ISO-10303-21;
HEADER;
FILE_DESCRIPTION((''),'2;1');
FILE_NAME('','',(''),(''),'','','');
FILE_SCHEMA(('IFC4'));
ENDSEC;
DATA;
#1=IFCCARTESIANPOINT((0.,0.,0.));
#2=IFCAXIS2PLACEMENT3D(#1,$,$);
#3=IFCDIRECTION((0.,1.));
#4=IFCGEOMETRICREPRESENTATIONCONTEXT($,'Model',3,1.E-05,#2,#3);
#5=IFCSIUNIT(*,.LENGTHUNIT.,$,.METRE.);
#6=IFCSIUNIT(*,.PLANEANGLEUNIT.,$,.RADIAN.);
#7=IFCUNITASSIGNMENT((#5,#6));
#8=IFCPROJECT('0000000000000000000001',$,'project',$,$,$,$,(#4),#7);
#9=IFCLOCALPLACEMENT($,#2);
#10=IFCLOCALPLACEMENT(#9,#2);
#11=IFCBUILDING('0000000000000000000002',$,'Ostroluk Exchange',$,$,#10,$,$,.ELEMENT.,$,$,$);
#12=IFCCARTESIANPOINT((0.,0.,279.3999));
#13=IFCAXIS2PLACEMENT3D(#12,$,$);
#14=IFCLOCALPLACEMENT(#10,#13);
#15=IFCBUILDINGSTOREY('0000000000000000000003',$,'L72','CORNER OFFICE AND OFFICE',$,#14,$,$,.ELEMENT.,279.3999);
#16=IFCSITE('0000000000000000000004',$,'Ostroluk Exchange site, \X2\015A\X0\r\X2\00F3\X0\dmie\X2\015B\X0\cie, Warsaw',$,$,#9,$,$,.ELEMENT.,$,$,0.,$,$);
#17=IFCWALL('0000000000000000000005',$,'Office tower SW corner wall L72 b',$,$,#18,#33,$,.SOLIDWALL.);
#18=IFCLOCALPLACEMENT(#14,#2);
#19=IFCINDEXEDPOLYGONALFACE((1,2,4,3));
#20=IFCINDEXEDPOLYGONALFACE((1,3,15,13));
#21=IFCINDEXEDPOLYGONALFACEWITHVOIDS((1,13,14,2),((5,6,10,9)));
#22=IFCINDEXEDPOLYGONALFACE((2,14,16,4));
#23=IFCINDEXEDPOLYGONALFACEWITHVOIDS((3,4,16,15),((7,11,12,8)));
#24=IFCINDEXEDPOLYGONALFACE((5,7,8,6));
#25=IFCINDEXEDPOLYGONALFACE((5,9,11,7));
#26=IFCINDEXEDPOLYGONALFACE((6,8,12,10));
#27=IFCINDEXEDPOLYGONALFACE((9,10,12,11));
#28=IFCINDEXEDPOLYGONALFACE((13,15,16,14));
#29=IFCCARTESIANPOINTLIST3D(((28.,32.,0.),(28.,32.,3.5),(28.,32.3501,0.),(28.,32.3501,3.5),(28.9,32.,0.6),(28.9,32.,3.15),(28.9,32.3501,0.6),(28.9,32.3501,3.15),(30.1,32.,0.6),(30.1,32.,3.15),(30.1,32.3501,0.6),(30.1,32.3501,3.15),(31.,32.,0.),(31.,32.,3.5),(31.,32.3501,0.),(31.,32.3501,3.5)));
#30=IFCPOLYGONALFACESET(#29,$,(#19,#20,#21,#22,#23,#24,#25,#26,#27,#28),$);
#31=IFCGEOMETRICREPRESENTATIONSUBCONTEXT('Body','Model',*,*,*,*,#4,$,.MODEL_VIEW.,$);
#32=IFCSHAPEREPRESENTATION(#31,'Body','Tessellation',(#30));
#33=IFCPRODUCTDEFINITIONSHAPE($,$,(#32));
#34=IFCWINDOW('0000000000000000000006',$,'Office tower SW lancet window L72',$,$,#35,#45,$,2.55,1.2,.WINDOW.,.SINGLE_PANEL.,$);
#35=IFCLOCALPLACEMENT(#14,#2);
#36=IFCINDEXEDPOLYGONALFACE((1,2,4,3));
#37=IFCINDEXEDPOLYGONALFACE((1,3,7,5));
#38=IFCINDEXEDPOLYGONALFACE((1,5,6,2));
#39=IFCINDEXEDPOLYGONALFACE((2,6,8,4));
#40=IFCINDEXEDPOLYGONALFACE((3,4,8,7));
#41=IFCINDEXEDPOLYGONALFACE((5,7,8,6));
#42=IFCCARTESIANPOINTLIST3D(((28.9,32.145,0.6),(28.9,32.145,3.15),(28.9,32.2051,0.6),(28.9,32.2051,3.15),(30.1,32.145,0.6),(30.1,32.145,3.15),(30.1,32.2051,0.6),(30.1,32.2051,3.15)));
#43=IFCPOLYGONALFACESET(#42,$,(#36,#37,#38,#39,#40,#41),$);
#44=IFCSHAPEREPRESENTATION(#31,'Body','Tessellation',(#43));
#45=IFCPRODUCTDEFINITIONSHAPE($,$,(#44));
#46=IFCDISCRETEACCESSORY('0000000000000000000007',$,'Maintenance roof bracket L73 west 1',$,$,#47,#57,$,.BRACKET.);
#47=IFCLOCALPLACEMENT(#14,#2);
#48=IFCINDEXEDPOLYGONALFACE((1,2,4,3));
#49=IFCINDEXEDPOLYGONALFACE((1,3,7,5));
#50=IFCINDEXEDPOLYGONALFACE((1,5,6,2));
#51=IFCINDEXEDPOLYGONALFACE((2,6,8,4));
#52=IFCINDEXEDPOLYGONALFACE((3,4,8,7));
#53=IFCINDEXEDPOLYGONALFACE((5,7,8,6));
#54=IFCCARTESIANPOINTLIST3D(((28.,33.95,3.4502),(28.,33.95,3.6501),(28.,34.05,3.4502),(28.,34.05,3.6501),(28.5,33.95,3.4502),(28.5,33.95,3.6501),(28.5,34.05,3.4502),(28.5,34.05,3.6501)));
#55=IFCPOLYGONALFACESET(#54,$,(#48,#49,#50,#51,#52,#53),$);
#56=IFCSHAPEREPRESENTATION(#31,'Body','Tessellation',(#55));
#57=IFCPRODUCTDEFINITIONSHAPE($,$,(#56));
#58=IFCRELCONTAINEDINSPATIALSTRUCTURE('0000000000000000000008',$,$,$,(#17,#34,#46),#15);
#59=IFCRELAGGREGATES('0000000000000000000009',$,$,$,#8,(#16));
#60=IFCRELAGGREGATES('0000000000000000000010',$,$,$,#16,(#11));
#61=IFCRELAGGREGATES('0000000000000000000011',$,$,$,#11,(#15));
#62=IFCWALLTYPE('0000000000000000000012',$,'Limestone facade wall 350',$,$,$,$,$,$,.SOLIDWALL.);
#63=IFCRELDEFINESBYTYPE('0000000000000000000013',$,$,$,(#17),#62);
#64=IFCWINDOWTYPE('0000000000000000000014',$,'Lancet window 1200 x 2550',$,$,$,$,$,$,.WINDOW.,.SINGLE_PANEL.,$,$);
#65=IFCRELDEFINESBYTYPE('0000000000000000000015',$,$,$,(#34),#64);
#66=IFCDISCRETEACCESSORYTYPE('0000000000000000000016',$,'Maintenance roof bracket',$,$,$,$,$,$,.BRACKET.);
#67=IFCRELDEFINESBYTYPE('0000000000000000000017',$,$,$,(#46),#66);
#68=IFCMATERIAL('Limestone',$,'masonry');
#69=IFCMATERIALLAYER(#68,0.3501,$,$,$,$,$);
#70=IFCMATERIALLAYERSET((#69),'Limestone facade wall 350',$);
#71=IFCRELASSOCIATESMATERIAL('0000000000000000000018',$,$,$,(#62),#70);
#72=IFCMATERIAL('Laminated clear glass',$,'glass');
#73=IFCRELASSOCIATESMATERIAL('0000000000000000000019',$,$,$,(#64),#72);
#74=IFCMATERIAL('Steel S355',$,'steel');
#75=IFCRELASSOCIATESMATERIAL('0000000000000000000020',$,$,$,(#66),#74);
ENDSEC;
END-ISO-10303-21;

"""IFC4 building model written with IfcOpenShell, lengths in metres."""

from ifc_helpers import new_model, si_unit, direction, frame, frame_2d, origin, origin_2d, place, context, subcontext, project, spatial, rectangle, extrude, material, layer, layer_set, type_object, element, fill, save


model = new_model("IFC4")

# Units and contexts
model_context = context("Model", 3, precision=1e-05, world=origin(), true_north=direction((0.0, 1.0)))
body_context = subcontext(model_context, "Body", "Model", "MODEL_VIEW")
ifc_project = project(units=[si_unit("LENGTHUNIT", "METRE"), si_unit("PLANEANGLEUNIT", "RADIAN")], contexts=[model_context])

# Site, building, storey
site_placement = place(None, origin())
site = spatial("IfcSite", under=ifc_project, at=site_placement, Name="Ostroluk Exchange site, Śródmieście, Warsaw", CompositionType="ELEMENT", RefElevation=0.0)
building_placement = place(site_placement, origin())
building = spatial("IfcBuilding", under=site, at=building_placement, Name="Ostroluk Exchange", CompositionType="ELEMENT")
storey_placement = place(building_placement, frame((0.0, 0.0, 279.3999)))
storey = spatial("IfcBuildingStorey", under=building, at=storey_placement, Name="L72", Description="CORNER OFFICE AND OFFICE", CompositionType="ELEMENT", Elevation=279.3999)

# Shared definitions
ifc_material_1 = material(Name="Limestone", Category="masonry")
ifc_layer_1 = layer(ifc_material_1, 0.3501)
ifc_layer_set_1 = layer_set([ifc_layer_1], Name="Limestone facade wall 350")
wall_type = type_object("IfcWallType", Name="Limestone facade wall 350", PredefinedType="SOLIDWALL", material=ifc_layer_set_1)

# Wall, opening, window
wall_1_placement = place(storey_placement, frame((31.0, 32.175, 0.0), z_axis=(0.0, 0.0, 1.0), x_axis=(-1.0, 0.0, 0.0)))
wall_1 = element("IfcWall", 1, at=wall_1_placement, inside=storey, type_object=wall_type, Name="Office tower SW corner wall L72 b", PredefinedType="SOLIDWALL", context=body_context, shape_type="SweptSolid", body=[
    extrude(rectangle(XDim=3.0, YDim=0.3501, at=frame_2d((1.5, 0.0))), origin(), (0.0, 0.0, 1.0), 3.5),
])
opening_1_placement = place(wall_1_placement, frame((0.8999, 0.0, 0.6001)))
opening_1 = element("IfcOpeningElement", 2, at=opening_1_placement, cuts=wall_1, PredefinedType="OPENING", context=body_context, shape_type="SweptSolid", body=[
    extrude(rectangle(XDim=1.2, YDim=2.55, at=frame_2d((0.6001, 1.2749))), frame((0.0, 0.1851, 0.0), z_axis=(0.0, -1.0, 0.0), x_axis=(1.0, 0.0, 0.0)), (0.0, 0.0, 1.0), 0.3701),
])
ifc_material_2 = material(Name="Laminated clear glass", Category="glass")
window_type = type_object("IfcWindowType", Name="Lancet window 1200 x 2550", PartitioningType="SINGLE_PANEL", PredefinedType="WINDOW", material=ifc_material_2)
window_placement = place(opening_1_placement, origin())
window = element("IfcWindow", 3, at=window_placement, inside=storey, type_object=window_type, Name="Office tower SW lancet window L72", OverallHeight=2.55, OverallWidth=1.2, PartitioningType="SINGLE_PANEL", PredefinedType="WINDOW", context=body_context, shape_type="SweptSolid", body=[
    extrude(rectangle(XDim=1.2, YDim=2.55, at=frame_2d((0.6001, 1.2749))), frame((0.0, 0.03, 0.0), z_axis=(0.0, -1.0, 0.0), x_axis=(1.0, 0.0, 0.0)), (0.0, 0.0, 1.0), 0.0601),
])
fill(opening_1, window)

# Discrete accessory
ifc_material_3 = material(Name="Steel S355", Category="steel")
discrete_accessory_type = type_object("IfcDiscreteAccessoryType", Name="Maintenance roof bracket", PredefinedType="BRACKET", material=ifc_material_3)
discrete_accessory_placement = place(storey_placement, frame((28.25, 34.0, 3.4502), z_axis=(0.0, 0.0, 1.0), x_axis=(1.0, 0.0, 0.0)))
element("IfcDiscreteAccessory", 4, at=discrete_accessory_placement, inside=storey, type_object=discrete_accessory_type, Name="Maintenance roof bracket L73 west 1", PredefinedType="BRACKET", context=body_context, shape_type="SweptSolid", body=[
    extrude(rectangle(XDim=0.5, YDim=0.1001, at=origin_2d()), origin(), (0.0, 0.0, 1.0), 0.2),
])

save(model, "model.ifc")
